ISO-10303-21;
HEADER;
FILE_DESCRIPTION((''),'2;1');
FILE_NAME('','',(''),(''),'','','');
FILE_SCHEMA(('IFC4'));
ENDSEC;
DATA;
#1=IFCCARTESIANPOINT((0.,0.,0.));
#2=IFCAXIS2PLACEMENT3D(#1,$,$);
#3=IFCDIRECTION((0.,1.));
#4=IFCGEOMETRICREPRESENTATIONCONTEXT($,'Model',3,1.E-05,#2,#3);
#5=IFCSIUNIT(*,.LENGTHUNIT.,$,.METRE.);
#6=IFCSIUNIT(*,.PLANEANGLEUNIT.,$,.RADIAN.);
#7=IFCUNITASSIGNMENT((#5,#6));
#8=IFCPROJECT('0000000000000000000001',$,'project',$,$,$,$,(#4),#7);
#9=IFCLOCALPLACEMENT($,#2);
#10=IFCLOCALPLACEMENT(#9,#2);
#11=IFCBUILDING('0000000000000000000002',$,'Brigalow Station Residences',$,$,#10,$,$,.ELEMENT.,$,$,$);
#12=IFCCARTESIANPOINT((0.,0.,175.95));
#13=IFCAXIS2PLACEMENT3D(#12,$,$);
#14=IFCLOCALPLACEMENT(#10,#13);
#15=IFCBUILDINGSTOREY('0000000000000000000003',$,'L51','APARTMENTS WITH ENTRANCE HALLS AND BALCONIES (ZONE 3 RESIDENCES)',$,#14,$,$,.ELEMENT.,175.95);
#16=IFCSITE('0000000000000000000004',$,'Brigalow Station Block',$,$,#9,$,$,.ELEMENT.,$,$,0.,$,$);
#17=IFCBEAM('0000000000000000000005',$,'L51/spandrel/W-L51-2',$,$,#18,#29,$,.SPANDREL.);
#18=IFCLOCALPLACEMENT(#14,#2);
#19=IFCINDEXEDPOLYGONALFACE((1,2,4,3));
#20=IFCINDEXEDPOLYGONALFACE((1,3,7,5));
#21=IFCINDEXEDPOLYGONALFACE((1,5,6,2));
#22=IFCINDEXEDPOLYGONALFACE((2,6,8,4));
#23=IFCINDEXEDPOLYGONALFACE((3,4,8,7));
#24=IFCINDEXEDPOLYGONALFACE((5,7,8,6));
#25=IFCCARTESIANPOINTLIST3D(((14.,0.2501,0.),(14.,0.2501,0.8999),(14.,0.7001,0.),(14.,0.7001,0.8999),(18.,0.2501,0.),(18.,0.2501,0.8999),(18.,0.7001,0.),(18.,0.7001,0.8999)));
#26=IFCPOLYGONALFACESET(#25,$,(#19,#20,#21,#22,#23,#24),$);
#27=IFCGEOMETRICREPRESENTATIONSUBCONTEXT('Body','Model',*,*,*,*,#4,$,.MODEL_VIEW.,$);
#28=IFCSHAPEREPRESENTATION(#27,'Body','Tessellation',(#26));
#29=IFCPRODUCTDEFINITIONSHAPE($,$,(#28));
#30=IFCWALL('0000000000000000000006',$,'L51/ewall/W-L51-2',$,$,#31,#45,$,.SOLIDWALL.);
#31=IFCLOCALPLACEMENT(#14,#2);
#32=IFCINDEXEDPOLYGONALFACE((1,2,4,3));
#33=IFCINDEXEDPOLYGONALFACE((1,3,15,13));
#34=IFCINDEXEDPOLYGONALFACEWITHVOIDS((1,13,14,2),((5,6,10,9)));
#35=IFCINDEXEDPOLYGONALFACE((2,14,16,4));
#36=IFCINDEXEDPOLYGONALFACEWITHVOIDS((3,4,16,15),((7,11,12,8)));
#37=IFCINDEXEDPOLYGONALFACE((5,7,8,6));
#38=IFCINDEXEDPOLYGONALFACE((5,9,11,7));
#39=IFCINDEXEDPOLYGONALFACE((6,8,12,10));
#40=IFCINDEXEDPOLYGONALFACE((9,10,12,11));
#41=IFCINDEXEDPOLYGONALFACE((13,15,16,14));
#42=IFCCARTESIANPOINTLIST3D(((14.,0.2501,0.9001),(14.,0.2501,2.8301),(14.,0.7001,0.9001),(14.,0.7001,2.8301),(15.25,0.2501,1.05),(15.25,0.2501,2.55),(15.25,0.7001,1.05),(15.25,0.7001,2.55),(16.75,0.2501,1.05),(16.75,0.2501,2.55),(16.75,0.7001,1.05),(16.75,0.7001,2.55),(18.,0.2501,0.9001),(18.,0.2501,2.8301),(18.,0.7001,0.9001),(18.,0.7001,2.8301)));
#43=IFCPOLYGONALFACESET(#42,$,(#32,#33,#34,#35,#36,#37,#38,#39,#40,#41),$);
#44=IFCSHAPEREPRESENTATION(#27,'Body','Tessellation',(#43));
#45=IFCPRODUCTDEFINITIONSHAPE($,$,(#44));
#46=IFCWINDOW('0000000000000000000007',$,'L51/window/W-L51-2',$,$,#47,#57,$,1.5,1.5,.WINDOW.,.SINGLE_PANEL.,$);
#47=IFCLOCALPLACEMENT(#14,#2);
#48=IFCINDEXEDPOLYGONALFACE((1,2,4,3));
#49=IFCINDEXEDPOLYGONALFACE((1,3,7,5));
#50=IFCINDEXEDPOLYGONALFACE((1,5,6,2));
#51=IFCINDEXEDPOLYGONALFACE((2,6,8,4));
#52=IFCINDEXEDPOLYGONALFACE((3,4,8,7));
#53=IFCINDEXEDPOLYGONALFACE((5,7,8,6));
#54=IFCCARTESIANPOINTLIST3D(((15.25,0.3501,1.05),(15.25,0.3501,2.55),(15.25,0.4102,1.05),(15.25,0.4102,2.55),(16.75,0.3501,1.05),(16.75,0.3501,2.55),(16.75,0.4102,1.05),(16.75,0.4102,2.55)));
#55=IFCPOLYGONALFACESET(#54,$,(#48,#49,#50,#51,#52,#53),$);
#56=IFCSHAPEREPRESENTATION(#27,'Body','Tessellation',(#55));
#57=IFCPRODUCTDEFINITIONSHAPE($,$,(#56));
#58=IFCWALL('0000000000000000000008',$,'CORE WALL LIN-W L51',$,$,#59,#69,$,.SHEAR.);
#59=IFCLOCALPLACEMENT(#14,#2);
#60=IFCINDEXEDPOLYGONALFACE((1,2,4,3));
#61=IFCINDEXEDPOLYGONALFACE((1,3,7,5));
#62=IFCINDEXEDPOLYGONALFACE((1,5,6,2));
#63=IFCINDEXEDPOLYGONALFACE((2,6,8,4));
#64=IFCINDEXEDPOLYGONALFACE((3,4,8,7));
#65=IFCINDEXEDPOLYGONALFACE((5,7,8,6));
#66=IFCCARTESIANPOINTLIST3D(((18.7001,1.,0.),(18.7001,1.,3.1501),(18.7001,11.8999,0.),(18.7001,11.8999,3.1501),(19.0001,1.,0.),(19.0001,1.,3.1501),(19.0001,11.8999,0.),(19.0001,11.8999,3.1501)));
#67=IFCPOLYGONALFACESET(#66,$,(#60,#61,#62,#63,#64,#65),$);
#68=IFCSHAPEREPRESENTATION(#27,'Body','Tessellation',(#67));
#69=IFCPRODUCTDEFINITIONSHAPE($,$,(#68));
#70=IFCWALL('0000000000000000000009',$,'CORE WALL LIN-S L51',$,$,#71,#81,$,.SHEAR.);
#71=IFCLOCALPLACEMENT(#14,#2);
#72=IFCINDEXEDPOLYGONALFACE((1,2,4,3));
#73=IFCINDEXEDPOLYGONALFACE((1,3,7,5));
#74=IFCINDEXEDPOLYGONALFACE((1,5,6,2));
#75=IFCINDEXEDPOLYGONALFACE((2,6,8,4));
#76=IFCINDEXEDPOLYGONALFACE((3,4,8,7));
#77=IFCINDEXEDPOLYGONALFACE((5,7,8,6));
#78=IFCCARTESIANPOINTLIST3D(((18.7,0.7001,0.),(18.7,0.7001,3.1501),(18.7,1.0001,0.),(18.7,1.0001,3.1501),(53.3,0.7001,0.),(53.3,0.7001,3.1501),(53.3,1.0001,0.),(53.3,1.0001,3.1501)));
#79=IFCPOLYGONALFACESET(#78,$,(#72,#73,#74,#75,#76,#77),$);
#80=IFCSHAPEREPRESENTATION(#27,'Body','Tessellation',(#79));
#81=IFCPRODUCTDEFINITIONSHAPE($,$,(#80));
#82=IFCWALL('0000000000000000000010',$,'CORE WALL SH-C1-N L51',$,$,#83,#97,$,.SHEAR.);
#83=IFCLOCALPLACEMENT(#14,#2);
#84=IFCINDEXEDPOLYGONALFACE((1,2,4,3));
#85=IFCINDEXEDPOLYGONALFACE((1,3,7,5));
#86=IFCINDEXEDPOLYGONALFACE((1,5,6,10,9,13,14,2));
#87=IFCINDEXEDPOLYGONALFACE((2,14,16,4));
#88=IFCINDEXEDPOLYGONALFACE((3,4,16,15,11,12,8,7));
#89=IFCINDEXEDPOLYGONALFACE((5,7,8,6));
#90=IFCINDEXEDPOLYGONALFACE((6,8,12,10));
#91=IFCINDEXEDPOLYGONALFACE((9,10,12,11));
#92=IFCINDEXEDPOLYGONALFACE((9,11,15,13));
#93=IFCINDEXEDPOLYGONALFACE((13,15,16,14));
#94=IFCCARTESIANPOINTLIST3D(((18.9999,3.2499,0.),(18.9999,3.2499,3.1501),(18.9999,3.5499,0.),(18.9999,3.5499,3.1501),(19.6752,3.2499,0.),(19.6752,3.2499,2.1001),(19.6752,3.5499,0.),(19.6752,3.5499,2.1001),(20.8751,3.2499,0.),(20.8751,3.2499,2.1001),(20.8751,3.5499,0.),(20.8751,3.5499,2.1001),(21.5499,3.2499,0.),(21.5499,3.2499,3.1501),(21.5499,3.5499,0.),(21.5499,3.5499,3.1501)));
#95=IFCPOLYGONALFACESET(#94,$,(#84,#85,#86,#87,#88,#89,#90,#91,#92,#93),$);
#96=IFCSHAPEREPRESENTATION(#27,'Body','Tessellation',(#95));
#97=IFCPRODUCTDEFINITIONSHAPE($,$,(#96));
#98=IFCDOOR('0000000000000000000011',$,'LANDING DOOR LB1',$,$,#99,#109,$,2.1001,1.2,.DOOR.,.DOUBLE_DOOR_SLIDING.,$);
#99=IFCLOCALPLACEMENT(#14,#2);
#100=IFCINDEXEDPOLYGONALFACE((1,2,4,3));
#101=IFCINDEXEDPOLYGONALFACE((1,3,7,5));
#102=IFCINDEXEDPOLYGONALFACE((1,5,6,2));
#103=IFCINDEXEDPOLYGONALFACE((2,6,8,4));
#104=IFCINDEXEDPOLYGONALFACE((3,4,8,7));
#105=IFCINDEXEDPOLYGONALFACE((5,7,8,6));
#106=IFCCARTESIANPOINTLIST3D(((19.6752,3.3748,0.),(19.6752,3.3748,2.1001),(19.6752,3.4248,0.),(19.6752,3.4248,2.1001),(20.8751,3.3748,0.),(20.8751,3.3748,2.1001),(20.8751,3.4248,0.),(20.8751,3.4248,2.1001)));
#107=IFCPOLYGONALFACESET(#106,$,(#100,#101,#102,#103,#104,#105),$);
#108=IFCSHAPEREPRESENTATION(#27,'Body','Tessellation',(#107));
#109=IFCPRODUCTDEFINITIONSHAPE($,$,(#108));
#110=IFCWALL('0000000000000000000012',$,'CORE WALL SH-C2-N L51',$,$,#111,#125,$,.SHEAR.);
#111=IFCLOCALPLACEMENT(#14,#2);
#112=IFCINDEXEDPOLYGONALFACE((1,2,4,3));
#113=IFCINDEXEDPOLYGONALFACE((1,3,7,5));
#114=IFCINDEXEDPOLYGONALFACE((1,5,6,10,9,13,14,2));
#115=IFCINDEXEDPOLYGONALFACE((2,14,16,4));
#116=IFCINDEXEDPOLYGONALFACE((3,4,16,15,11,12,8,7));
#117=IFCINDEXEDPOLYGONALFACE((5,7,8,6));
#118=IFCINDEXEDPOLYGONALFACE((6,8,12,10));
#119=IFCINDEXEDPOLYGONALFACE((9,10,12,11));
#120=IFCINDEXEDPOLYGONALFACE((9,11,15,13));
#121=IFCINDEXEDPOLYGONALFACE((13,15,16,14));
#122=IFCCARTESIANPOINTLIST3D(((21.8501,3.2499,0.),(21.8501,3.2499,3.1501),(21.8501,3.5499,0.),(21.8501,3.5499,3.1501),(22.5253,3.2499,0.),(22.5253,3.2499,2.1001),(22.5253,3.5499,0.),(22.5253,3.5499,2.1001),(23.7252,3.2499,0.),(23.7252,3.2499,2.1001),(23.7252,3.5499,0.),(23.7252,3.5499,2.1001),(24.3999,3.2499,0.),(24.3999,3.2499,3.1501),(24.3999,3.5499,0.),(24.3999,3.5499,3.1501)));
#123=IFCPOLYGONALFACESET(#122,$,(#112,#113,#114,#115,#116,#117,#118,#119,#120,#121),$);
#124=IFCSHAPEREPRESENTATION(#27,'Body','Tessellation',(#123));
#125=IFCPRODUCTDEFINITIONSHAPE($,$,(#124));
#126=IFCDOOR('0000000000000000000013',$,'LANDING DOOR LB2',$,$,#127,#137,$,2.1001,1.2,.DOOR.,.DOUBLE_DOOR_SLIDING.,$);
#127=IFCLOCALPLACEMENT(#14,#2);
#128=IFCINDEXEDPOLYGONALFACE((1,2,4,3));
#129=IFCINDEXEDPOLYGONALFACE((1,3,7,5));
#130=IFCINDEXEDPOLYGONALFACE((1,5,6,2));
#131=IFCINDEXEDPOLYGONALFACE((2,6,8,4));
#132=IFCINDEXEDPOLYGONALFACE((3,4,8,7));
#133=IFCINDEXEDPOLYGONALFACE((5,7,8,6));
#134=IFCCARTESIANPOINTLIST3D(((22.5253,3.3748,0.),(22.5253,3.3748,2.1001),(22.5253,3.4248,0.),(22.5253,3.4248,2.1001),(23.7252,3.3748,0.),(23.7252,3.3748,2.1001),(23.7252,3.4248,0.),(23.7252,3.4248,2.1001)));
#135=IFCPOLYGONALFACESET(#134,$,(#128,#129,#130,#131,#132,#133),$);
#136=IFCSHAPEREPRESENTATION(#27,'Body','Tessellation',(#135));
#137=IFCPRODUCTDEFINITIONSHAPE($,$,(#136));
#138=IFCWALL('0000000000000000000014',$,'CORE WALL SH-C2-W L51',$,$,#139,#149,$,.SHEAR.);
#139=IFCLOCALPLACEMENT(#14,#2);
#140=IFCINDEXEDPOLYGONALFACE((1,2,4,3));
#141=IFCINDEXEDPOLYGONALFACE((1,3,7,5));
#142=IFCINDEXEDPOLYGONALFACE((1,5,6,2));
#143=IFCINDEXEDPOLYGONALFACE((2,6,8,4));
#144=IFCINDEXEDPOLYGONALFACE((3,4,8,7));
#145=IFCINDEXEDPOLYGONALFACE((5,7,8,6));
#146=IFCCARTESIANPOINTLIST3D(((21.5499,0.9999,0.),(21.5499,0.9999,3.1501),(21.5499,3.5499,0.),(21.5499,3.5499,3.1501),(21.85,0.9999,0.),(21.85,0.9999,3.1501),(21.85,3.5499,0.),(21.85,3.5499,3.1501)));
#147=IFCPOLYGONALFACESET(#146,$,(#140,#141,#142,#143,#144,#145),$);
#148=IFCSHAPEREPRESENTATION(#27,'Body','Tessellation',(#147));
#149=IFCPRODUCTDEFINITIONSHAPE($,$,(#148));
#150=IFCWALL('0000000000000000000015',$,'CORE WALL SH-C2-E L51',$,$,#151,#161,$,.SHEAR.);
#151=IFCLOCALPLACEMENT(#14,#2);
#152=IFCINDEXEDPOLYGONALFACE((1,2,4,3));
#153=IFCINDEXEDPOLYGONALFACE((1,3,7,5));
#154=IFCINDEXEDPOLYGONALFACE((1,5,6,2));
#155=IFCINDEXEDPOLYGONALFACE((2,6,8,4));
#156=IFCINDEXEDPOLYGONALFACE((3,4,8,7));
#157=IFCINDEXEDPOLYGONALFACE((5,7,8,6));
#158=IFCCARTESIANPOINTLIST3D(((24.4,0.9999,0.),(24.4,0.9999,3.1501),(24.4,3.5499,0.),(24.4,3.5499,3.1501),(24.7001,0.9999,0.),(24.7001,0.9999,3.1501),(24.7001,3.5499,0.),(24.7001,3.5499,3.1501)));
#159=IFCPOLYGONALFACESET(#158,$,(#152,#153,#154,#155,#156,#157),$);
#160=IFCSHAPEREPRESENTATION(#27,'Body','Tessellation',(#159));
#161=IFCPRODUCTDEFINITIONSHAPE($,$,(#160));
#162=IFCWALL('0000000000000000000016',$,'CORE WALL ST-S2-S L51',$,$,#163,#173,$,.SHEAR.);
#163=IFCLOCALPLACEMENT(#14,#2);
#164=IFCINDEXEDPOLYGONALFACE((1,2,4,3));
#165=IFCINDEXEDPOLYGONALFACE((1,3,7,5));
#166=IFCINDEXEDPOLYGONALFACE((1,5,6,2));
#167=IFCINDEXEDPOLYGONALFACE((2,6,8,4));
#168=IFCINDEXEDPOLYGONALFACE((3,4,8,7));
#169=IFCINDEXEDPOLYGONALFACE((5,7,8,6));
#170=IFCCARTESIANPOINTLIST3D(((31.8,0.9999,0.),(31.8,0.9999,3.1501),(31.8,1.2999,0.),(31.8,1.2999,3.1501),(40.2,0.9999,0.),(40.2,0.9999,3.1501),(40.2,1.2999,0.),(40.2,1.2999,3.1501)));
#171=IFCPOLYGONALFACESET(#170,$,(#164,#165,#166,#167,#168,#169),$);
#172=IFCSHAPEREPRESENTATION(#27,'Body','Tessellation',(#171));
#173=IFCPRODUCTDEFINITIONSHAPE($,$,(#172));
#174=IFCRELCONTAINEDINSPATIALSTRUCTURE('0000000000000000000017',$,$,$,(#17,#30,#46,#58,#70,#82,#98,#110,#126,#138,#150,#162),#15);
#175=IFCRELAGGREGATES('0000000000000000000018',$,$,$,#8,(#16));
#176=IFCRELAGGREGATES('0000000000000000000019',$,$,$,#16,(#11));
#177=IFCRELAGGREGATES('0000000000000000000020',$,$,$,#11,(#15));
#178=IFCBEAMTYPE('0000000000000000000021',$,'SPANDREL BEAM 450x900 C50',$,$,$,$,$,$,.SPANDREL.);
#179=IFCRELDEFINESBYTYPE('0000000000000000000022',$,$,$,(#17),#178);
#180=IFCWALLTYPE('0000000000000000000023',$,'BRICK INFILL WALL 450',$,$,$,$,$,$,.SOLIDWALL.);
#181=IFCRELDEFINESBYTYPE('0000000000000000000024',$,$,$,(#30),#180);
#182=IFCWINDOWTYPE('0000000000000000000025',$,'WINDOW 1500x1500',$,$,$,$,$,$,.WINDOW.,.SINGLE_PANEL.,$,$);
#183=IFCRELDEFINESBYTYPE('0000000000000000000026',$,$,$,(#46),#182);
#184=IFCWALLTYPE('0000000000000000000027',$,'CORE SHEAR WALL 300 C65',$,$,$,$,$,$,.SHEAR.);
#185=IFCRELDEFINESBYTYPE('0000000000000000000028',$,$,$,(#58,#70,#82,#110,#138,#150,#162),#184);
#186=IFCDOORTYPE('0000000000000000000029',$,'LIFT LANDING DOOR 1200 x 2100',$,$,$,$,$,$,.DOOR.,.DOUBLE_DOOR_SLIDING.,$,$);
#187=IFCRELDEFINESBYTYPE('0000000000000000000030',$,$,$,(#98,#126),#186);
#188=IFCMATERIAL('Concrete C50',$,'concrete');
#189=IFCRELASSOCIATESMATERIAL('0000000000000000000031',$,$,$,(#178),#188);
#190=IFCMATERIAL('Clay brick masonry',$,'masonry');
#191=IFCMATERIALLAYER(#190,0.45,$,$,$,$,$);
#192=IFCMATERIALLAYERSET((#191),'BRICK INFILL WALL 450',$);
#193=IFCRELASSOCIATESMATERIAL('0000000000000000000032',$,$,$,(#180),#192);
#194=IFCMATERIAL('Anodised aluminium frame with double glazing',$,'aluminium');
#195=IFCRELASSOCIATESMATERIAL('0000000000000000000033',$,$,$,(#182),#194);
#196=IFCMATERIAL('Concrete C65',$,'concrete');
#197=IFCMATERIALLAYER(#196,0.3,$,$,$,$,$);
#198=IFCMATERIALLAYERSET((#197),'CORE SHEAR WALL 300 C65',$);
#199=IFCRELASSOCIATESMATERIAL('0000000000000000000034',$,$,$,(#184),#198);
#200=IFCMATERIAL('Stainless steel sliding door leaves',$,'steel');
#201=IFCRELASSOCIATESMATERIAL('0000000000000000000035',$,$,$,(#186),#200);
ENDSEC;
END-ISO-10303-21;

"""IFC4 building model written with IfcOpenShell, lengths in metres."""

from ifc_helpers import new_model, si_unit, direction, frame, frame_2d, origin, origin_2d, place, context, subcontext, project, spatial, rectangle, extrude, material, layer, layer_set, material_profile, profile_set, type_object, element, fill, save


model = new_model("IFC4")

# Units and contexts
model_context = context("Model", 3, precision=1e-05, world=origin(), true_north=direction((0.0, 1.0)))
body_context = subcontext(model_context, "Body", "Model", "MODEL_VIEW")
ifc_project = project(units=[si_unit("LENGTHUNIT", "METRE"), si_unit("PLANEANGLEUNIT", "RADIAN")], contexts=[model_context])

# Site, building, storey
site_placement = place(None, origin())
site = spatial("IfcSite", under=ifc_project, at=site_placement, Name="Brigalow Station Block", CompositionType="ELEMENT", RefElevation=0.0)
building_placement = place(site_placement, origin())
building = spatial("IfcBuilding", under=site, at=building_placement, Name="Brigalow Station Residences", CompositionType="ELEMENT")
storey_placement = place(building_placement, frame((0.0, 0.0, 175.95)))
storey = spatial("IfcBuildingStorey", under=building, at=storey_placement, Name="L51", Description="APARTMENTS WITH ENTRANCE HALLS AND BALCONIES (ZONE 3 RESIDENCES)", CompositionType="ELEMENT", Elevation=175.95)

# Beam
ifc_material_1 = material(Name="Concrete C50", Category="concrete")
ifc_material_profile = material_profile(ifc_material_1, rectangle(XDim=0.45, YDim=0.8999, at=origin_2d()), Name="RC450x900")
ifc_profile_set = profile_set([ifc_material_profile], Name="Concrete C50")
beam_type = type_object("IfcBeamType", Name="SPANDREL BEAM 450x900 C50", PredefinedType="SPANDREL", material=ifc_profile_set)
beam_placement = place(storey_placement, frame((14.0, 0.4751, 0.45), z_axis=(1.0, 0.0, 0.0), x_axis=(0.0, 1.0, 0.0)))
element("IfcBeam", 1, at=beam_placement, inside=storey, type_object=beam_type, Name="L51/spandrel/W-L51-2", PredefinedType="SPANDREL", context=body_context, shape_type="SweptSolid", body=[
    extrude(rectangle(XDim=0.45, YDim=0.8999, at=origin_2d()), origin(), (0.0, 0.0, 1.0), 4.0),
])

# Wall, opening, window
ifc_material_2 = material(Name="Clay brick masonry", Category="masonry")
ifc_layer_1 = layer(ifc_material_2, 0.45)
ifc_layer_set_1 = layer_set([ifc_layer_1], Name="BRICK INFILL WALL 450")
wall_type_1 = type_object("IfcWallType", Name="BRICK INFILL WALL 450", PredefinedType="SOLIDWALL", material=ifc_layer_set_1)
wall_1_placement = place(storey_placement, frame((14.0, 0.4751, 0.9001), z_axis=(0.0, 0.0, 1.0), x_axis=(1.0, 0.0, 0.0)))
wall_1 = element("IfcWall", 2, at=wall_1_placement, inside=storey, type_object=wall_type_1, Name="L51/ewall/W-L51-2", PredefinedType="SOLIDWALL", context=body_context, shape_type="SweptSolid", body=[
    extrude(rectangle(XDim=4.0, YDim=0.45, at=frame_2d((2.0, 0.0))), origin(), (0.0, 0.0, 1.0), 1.9299),
])
opening_1_placement = place(wall_1_placement, frame((1.25, 0.0, 0.1499)))
opening_1 = element("IfcOpeningElement", 3, at=opening_1_placement, cuts=wall_1, PredefinedType="OPENING", context=body_context, shape_type="SweptSolid", body=[
    extrude(rectangle(XDim=1.5, YDim=1.5, at=frame_2d((0.75, 0.75))), frame((0.0, 0.2349, 0.0), z_axis=(0.0, -1.0, 0.0), x_axis=(1.0, 0.0, 0.0)), (0.0, 0.0, 1.0), 0.47),
])
ifc_material_3 = material(Name="Anodised aluminium frame with double glazing", Category="aluminium")
window_type = type_object("IfcWindowType", Name="WINDOW 1500x1500", PartitioningType="SINGLE_PANEL", PredefinedType="WINDOW", material=ifc_material_3)
window_placement = place(opening_1_placement, origin())
window = element("IfcWindow", 4, at=window_placement, inside=storey, type_object=window_type, Name="L51/window/W-L51-2", OverallHeight=1.5, OverallWidth=1.5, PartitioningType="SINGLE_PANEL", PredefinedType="WINDOW", context=body_context, shape_type="SweptSolid", body=[
    extrude(rectangle(XDim=1.5, YDim=1.5, at=frame_2d((0.75, 0.75))), frame((0.0, -0.0649, 0.0), z_axis=(0.0, -1.0, 0.0), x_axis=(1.0, 0.0, 0.0)), (0.0, 0.0, 1.0), 0.0601),
])
fill(opening_1, window)

# Walls
ifc_material_4 = material(Name="Concrete C65", Category="concrete")
ifc_layer_2 = layer(ifc_material_4, 0.3)
ifc_layer_set_2 = layer_set([ifc_layer_2], Name="CORE SHEAR WALL 300 C65")
wall_type_2 = type_object("IfcWallType", Name="CORE SHEAR WALL 300 C65", PredefinedType="SHEAR", material=ifc_layer_set_2)
wall_2_placement = place(storey_placement, frame((18.8501, 1.0, 0.0), z_axis=(0.0, 0.0, 1.0), x_axis=(0.0, 1.0, 0.0)))
element("IfcWall", 5, at=wall_2_placement, inside=storey, type_object=wall_type_2, Name="CORE WALL LIN-W L51", PredefinedType="SHEAR", context=body_context, shape_type="SweptSolid", body=[
    extrude(rectangle(XDim=10.8999, YDim=0.3, at=frame_2d((5.45, 0.0))), origin(), (0.0, 0.0, 1.0), 3.1501),
])
wall_3_placement = place(storey_placement, frame((18.7, 0.8501, 0.0), z_axis=(0.0, 0.0, 1.0), x_axis=(1.0, 0.0, 0.0)))
element("IfcWall", 6, at=wall_3_placement, inside=storey, type_object=wall_type_2, Name="CORE WALL LIN-S L51", PredefinedType="SHEAR", context=body_context, shape_type="SweptSolid", body=[
    extrude(rectangle(XDim=34.6001, YDim=0.3, at=frame_2d((17.3, 0.0))), origin(), (0.0, 0.0, 1.0), 3.1501),
])

# Walls, openings, doors
wall_4_placement = place(storey_placement, frame((19.0, 3.3999, 0.0), z_axis=(0.0, 0.0, 1.0), x_axis=(1.0, 0.0, 0.0)))
wall_4 = element("IfcWall", 7, at=wall_4_placement, inside=storey, type_object=wall_type_2, Name="CORE WALL SH-C1-N L51", PredefinedType="SHEAR", context=body_context, shape_type="SweptSolid", body=[
    extrude(rectangle(XDim=2.55, YDim=0.3, at=frame_2d((1.2749, 0.0))), origin(), (0.0, 0.0, 1.0), 3.1501),
])
opening_2_placement = place(wall_4_placement, frame((0.675, 0.0, 0.0)))
opening_2 = element("IfcOpeningElement", 8, at=opening_2_placement, cuts=wall_4, PredefinedType="OPENING", context=body_context, shape_type="SweptSolid", body=[
    extrude(rectangle(XDim=1.2, YDim=2.1001, at=frame_2d((0.6001, 1.05))), frame((0.0, 0.1602, 0.0), z_axis=(0.0, -1.0, 0.0), x_axis=(1.0, 0.0, 0.0)), (0.0, 0.0, 1.0), 0.3201),
])
ifc_material_5 = material(Name="Stainless steel sliding door leaves", Category="steel")
door_type = type_object("IfcDoorType", Name="LIFT LANDING DOOR 1200 x 2100", OperationType="DOUBLE_DOOR_SLIDING", PredefinedType="DOOR", material=ifc_material_5)
door_1_placement = place(opening_2_placement, origin())
door_1 = element("IfcDoor", 9, at=door_1_placement, inside=storey, type_object=door_type, Name="LANDING DOOR LB1", OperationType="DOUBLE_DOOR_SLIDING", OverallHeight=2.1001, OverallWidth=1.2, PredefinedType="DOOR", context=body_context, shape_type="SweptSolid", body=[
    extrude(rectangle(XDim=1.2, YDim=2.1001, at=frame_2d((0.6001, 1.05))), frame((0.0, 0.0249, 0.0), z_axis=(0.0, -1.0, 0.0), x_axis=(1.0, 0.0, 0.0)), (0.0, 0.0, 1.0), 0.05),
])
fill(opening_2, door_1)
wall_5_placement = place(storey_placement, frame((21.8501, 3.3999, 0.0), z_axis=(0.0, 0.0, 1.0), x_axis=(1.0, 0.0, 0.0)))
wall_5 = element("IfcWall", 10, at=wall_5_placement, inside=storey, type_object=wall_type_2, Name="CORE WALL SH-C2-N L51", PredefinedType="SHEAR", context=body_context, shape_type="SweptSolid", body=[
    extrude(rectangle(XDim=2.5498, YDim=0.3, at=frame_2d((1.2749, 0.0))), origin(), (0.0, 0.0, 1.0), 3.1501),
])
opening_3_placement = place(wall_5_placement, frame((0.675, 0.0, 0.0)))
opening_3 = element("IfcOpeningElement", 11, at=opening_3_placement, cuts=wall_5, PredefinedType="OPENING", context=body_context, shape_type="SweptSolid", body=[
    extrude(rectangle(XDim=1.2, YDim=2.1001, at=frame_2d((0.6001, 1.05))), frame((0.0, 0.1602, 0.0), z_axis=(0.0, -1.0, 0.0), x_axis=(1.0, 0.0, 0.0)), (0.0, 0.0, 1.0), 0.3201),
])
door_2_placement = place(opening_3_placement, origin())
door_2 = element("IfcDoor", 12, at=door_2_placement, inside=storey, type_object=door_type, Name="LANDING DOOR LB2", OperationType="DOUBLE_DOOR_SLIDING", OverallHeight=2.1001, OverallWidth=1.2, PredefinedType="DOOR", context=body_context, shape_type="SweptSolid", body=[
    extrude(rectangle(XDim=1.2, YDim=2.1001, at=frame_2d((0.6001, 1.05))), frame((0.0, 0.0249, 0.0), z_axis=(0.0, -1.0, 0.0), x_axis=(1.0, 0.0, 0.0)), (0.0, 0.0, 1.0), 0.05),
])
fill(opening_3, door_2)

# Walls
for number, where, z_axis, x_axis, name in (
    (13, (21.7, 1.0, 0.0), (0.0, 0.0, 1.0), (0.0, 1.0, 0.0), "CORE WALL SH-C2-W L51"),
    (14, (24.55, 1.0, 0.0), (0.0, 0.0, 1.0), (0.0, 1.0, 0.0), "CORE WALL SH-C2-E L51"),
):
    element("IfcWall", number, at=place(storey_placement, frame(where, z_axis=z_axis, x_axis=x_axis)), inside=storey, type_object=wall_type_2, Name=name, PredefinedType="SHEAR", context=body_context, shape_type="SweptSolid", body=[
        extrude(rectangle(XDim=2.55, YDim=0.3, at=frame_2d((1.2749, 0.0))), origin(), (0.0, 0.0, 1.0), 3.1501),
    ])
wall_6_placement = place(storey_placement, frame((31.8, 1.1499, 0.0), z_axis=(0.0, 0.0, 1.0), x_axis=(1.0, 0.0, 0.0)))
element("IfcWall", 15, at=wall_6_placement, inside=storey, type_object=wall_type_2, Name="CORE WALL ST-S2-S L51", PredefinedType="SHEAR", context=body_context, shape_type="SweptSolid", body=[
    extrude(rectangle(XDim=8.3999, YDim=0.3, at=frame_2d((4.2, 0.0))), origin(), (0.0, 0.0, 1.0), 3.1501),
])

save(model, "model.ifc")
